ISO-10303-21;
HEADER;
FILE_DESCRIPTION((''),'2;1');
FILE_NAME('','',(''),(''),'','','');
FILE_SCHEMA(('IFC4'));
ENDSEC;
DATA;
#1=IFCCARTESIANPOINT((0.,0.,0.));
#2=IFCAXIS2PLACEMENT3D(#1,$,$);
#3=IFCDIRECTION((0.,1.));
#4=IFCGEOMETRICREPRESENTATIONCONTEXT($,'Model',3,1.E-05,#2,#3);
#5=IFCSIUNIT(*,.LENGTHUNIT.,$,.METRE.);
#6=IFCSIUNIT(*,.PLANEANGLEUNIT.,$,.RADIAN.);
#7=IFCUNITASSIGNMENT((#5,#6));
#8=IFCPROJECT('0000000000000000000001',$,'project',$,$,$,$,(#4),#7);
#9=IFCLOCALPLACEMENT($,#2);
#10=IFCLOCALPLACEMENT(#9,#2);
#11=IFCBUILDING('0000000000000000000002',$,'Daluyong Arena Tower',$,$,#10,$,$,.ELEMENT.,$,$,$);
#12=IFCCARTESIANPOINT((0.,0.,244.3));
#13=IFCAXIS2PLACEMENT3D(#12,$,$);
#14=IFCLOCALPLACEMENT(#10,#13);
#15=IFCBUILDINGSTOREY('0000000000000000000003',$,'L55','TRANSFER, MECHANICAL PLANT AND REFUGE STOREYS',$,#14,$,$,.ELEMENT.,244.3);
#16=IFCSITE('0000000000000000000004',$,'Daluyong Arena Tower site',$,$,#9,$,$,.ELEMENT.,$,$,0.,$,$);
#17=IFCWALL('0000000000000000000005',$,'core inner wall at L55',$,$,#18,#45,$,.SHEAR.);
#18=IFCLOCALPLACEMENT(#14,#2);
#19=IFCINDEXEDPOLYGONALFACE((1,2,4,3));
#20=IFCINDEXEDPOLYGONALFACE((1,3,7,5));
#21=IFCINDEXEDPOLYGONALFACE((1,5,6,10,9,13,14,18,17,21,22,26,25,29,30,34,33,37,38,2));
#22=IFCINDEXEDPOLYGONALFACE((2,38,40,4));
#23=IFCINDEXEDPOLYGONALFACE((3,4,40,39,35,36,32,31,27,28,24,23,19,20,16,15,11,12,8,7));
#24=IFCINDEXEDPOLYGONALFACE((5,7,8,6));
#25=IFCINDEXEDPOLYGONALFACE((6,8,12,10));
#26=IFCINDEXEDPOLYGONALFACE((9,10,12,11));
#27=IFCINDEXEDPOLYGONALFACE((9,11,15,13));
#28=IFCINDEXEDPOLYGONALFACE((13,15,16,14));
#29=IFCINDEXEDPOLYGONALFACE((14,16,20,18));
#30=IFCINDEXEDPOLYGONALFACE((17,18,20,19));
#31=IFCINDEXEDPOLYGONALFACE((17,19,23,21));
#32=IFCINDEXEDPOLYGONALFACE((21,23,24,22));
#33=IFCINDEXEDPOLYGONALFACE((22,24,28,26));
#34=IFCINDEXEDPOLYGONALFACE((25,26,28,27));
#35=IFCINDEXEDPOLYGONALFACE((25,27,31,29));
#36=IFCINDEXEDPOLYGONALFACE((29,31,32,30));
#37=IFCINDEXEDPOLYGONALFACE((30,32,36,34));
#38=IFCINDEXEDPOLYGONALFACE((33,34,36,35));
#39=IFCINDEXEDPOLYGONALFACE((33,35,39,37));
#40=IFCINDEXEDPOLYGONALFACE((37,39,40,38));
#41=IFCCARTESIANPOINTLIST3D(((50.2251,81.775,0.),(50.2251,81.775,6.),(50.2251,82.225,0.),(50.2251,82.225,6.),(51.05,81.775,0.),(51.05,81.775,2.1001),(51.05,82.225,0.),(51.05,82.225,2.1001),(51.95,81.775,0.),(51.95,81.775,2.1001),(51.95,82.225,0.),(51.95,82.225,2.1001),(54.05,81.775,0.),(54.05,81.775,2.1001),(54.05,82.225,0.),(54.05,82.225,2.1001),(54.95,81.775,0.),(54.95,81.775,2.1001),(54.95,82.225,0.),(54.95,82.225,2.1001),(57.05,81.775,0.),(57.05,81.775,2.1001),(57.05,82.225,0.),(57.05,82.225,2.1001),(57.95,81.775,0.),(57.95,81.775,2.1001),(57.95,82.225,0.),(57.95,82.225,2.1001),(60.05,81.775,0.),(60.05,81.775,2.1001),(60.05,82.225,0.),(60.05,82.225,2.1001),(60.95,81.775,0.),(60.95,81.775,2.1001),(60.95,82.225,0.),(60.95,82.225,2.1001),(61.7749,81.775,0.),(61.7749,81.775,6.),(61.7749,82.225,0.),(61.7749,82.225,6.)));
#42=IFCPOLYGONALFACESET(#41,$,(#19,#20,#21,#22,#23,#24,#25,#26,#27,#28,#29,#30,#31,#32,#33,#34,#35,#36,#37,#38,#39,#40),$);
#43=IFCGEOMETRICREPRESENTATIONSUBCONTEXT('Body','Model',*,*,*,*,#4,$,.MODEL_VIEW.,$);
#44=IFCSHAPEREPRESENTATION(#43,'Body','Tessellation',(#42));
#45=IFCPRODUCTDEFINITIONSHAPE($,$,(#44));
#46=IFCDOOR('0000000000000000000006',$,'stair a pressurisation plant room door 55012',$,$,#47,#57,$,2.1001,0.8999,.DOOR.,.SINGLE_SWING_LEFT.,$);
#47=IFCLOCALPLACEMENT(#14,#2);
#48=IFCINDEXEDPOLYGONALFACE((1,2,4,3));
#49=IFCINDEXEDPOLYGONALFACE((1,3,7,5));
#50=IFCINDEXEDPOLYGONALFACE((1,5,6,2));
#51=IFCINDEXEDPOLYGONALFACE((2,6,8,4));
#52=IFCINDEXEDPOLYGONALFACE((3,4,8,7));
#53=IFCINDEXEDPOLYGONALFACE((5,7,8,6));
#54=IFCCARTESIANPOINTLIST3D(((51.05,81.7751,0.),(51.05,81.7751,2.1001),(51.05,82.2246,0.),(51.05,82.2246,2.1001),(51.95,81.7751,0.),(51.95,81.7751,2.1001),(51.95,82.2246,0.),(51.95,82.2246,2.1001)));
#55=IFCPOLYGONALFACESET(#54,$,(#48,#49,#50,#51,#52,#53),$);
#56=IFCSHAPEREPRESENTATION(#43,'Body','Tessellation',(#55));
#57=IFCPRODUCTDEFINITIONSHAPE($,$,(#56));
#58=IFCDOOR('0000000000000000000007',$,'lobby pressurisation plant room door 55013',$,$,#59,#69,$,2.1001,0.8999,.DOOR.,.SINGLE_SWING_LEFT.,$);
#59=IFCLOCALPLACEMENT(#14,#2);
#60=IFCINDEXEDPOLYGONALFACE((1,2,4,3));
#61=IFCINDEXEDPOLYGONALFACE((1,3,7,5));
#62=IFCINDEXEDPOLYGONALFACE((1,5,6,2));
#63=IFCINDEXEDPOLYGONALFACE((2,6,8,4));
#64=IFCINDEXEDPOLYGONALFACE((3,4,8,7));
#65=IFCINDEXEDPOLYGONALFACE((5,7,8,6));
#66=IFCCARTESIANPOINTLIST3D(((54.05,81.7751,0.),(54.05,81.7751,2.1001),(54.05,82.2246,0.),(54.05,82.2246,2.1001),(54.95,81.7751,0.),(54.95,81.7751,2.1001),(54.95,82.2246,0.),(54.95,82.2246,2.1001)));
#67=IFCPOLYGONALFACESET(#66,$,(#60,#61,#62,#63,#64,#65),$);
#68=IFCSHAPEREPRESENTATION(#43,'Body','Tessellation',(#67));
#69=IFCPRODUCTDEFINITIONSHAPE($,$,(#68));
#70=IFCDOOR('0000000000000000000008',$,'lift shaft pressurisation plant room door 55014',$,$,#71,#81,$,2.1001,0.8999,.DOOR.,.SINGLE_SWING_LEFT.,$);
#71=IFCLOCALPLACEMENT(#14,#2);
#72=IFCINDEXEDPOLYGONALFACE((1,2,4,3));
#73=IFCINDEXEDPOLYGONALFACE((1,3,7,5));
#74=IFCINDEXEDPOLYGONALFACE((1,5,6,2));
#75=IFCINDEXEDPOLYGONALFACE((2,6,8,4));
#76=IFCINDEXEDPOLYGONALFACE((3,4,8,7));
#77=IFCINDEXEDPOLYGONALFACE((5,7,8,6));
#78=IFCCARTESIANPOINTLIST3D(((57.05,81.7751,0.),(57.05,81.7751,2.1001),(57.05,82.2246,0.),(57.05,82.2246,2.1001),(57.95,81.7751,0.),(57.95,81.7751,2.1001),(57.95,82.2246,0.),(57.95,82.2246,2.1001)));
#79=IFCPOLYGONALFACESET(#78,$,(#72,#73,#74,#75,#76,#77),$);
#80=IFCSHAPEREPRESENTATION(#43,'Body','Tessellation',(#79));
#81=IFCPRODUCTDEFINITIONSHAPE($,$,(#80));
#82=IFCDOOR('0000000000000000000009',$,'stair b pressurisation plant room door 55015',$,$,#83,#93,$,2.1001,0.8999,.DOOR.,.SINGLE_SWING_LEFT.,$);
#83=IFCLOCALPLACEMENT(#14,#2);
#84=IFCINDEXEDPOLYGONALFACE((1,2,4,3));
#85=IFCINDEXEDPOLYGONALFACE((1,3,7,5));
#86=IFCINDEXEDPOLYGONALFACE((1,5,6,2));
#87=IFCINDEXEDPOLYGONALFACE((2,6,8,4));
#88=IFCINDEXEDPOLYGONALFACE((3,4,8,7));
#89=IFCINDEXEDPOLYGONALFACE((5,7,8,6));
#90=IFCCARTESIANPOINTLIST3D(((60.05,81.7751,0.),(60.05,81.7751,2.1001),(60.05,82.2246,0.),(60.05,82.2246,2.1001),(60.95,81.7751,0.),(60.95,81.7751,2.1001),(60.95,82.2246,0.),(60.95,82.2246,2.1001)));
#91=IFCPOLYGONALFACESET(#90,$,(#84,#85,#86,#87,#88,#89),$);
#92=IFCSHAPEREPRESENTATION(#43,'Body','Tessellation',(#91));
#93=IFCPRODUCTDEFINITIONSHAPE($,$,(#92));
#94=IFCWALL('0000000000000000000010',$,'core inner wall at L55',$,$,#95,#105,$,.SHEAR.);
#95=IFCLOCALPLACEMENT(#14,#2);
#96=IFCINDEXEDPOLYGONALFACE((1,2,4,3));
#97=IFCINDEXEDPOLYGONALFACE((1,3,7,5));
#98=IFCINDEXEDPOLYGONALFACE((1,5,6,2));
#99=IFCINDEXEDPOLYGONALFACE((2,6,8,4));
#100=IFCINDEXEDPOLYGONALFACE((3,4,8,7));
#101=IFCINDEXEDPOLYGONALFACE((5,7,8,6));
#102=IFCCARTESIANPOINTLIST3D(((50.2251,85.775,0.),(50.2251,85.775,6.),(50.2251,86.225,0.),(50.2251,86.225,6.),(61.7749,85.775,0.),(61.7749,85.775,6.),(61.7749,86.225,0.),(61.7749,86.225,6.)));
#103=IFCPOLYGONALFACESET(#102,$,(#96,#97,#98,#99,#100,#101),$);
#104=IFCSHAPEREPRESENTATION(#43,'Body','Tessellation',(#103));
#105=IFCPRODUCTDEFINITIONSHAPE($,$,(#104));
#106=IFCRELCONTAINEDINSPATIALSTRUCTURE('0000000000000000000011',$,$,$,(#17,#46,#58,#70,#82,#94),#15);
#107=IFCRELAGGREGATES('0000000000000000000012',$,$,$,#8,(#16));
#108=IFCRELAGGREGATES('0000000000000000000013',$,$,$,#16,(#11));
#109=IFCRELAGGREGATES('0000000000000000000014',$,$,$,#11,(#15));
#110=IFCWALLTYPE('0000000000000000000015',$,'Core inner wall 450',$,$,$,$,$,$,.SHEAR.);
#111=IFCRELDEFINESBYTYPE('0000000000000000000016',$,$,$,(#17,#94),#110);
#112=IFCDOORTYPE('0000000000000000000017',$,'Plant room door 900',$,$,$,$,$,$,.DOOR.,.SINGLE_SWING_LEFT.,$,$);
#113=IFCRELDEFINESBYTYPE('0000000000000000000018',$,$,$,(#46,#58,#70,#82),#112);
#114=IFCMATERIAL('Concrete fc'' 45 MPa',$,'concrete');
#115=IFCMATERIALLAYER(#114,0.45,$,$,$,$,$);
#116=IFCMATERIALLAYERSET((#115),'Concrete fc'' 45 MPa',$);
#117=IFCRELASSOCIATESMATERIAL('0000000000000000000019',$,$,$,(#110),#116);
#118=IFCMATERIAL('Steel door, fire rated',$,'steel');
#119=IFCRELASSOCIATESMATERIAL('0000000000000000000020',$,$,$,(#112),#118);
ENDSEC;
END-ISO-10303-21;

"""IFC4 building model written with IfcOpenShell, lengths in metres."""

from ifc_helpers import new_model, si_unit, direction, frame, frame_2d, origin, place, context, subcontext, project, spatial, rectangle, extrude, material, layer, layer_set, type_object, element, fill, save


model = new_model("IFC4")

# Units and contexts
model_context = context("Model", 3, precision=1e-05, world=origin(), true_north=direction((0.0, 1.0)))
body_context = subcontext(model_context, "Body", "Model", "MODEL_VIEW")
ifc_project = project(units=[si_unit("LENGTHUNIT", "METRE"), si_unit("PLANEANGLEUNIT", "RADIAN")], contexts=[model_context])

# Site, building, storey
site_placement = place(None, origin())
site = spatial("IfcSite", under=ifc_project, at=site_placement, Name="Daluyong Arena Tower site", CompositionType="ELEMENT", RefElevation=0.0)
building_placement = place(site_placement, origin())
building = spatial("IfcBuilding", under=site, at=building_placement, Name="Daluyong Arena Tower", CompositionType="ELEMENT")
storey_placement = place(building_placement, frame((0.0, 0.0, 244.3)))
storey = spatial("IfcBuildingStorey", under=building, at=storey_placement, Name="L55", Description="TRANSFER, MECHANICAL PLANT AND REFUGE STOREYS", CompositionType="ELEMENT", Elevation=244.3)

# Shared definitions
ifc_material_1 = material(Name="Concrete fc' 45 MPa", Category="concrete")
ifc_layer_1 = layer(ifc_material_1, 0.45)
ifc_layer_set_1 = layer_set([ifc_layer_1], Name="Concrete fc' 45 MPa")
wall_type_1 = type_object("IfcWallType", Name="Core inner wall 450", PredefinedType="SHEAR", material=ifc_layer_set_1)

# Wall, openings, doors
wall_1_placement = place(storey_placement, frame((50.2251, 82.0, 0.0), z_axis=(0.0, 0.0, 1.0), x_axis=(1.0, 0.0, 0.0)))
wall_1 = element("IfcWall", 1, at=wall_1_placement, inside=storey, type_object=wall_type_1, Name="core inner wall at L55", PredefinedType="SHEAR", context=body_context, shape_type="SweptSolid", body=[
    extrude(rectangle(XDim=11.5498, YDim=0.45, at=frame_2d((5.7749, 0.0))), origin(), (0.0, 0.0, 1.0), 6.0),
])
opening_1_placement = place(wall_1_placement, frame((0.825, 0.0, 0.0)))
opening_1 = element("IfcOpeningElement", 2, at=opening_1_placement, cuts=wall_1, PredefinedType="OPENING", context=body_context, shape_type="SweptSolid", body=[
    extrude(rectangle(XDim=0.8999, YDim=2.1001, at=frame_2d((0.45, 1.05))), frame((0.0, 0.2349, 0.0), z_axis=(0.0, -1.0, 0.0), x_axis=(1.0, 0.0, 0.0)), (0.0, 0.0, 1.0), 0.47),
])
opening_2_placement = place(wall_1_placement, frame((3.825, 0.0, 0.0)))
opening_2 = element("IfcOpeningElement", 3, at=opening_2_placement, cuts=wall_1, PredefinedType="OPENING", context=body_context, shape_type="SweptSolid", body=[
    extrude(rectangle(XDim=0.8999, YDim=2.1001, at=frame_2d((0.45, 1.05))), frame((0.0, 0.2349, 0.0), z_axis=(0.0, -1.0, 0.0), x_axis=(1.0, 0.0, 0.0)), (0.0, 0.0, 1.0), 0.47),
])
opening_3_placement = place(wall_1_placement, frame((6.825, 0.0, 0.0)))
opening_3 = element("IfcOpeningElement", 4, at=opening_3_placement, cuts=wall_1, PredefinedType="OPENING", context=body_context, shape_type="SweptSolid", body=[
    extrude(rectangle(XDim=0.8999, YDim=2.1001, at=frame_2d((0.45, 1.05))), frame((0.0, 0.2349, 0.0), z_axis=(0.0, -1.0, 0.0), x_axis=(1.0, 0.0, 0.0)), (0.0, 0.0, 1.0), 0.47),
])
opening_4_placement = place(wall_1_placement, frame((9.825, 0.0, 0.0)))
opening_4 = element("IfcOpeningElement", 5, at=opening_4_placement, cuts=wall_1, PredefinedType="OPENING", context=body_context, shape_type="SweptSolid", body=[
    extrude(rectangle(XDim=0.8999, YDim=2.1001, at=frame_2d((0.45, 1.05))), frame((0.0, 0.2349, 0.0), z_axis=(0.0, -1.0, 0.0), x_axis=(1.0, 0.0, 0.0)), (0.0, 0.0, 1.0), 0.47),
])
ifc_material_2 = material(Name="Steel door, fire rated", Category="steel")
door_type_1 = type_object("IfcDoorType", Name="Plant room door 900", OperationType="SINGLE_SWING_LEFT", PredefinedType="DOOR", material=ifc_material_2)
door_1_placement = place(opening_1_placement, origin())
door_1 = element("IfcDoor", 6, at=door_1_placement, inside=storey, type_object=door_type_1, Name="stair a pressurisation plant room door 55012", OperationType="SINGLE_SWING_LEFT", OverallHeight=2.1001, OverallWidth=0.8999, PredefinedType="DOOR", context=body_context, shape_type="SweptSolid", body=[
    extrude(rectangle(XDim=0.8999, YDim=2.1001, at=frame_2d((0.45, 1.05))), frame((0.0, 0.2246, 0.0), z_axis=(0.0, -1.0, 0.0), x_axis=(1.0, 0.0, 0.0)), (0.0, 0.0, 1.0), 0.4495),
])
fill(opening_1, door_1)
door_2_placement = place(opening_2_placement, origin())
door_2 = element("IfcDoor", 7, at=door_2_placement, inside=storey, type_object=door_type_1, Name="lobby pressurisation plant room door 55013", OperationType="SINGLE_SWING_LEFT", OverallHeight=2.1001, OverallWidth=0.8999, PredefinedType="DOOR", context=body_context, shape_type="SweptSolid", body=[
    extrude(rectangle(XDim=0.8999, YDim=2.1001, at=frame_2d((0.45, 1.05))), frame((0.0, 0.2246, 0.0), z_axis=(0.0, -1.0, 0.0), x_axis=(1.0, 0.0, 0.0)), (0.0, 0.0, 1.0), 0.4495),
])
fill(opening_2, door_2)
door_3_placement = place(opening_3_placement, origin())
door_3 = element("IfcDoor", 8, at=door_3_placement, inside=storey, type_object=door_type_1, Name="lift shaft pressurisation plant room door 55014", OperationType="SINGLE_SWING_LEFT", OverallHeight=2.1001, OverallWidth=0.8999, PredefinedType="DOOR", context=body_context, shape_type="SweptSolid", body=[
    extrude(rectangle(XDim=0.8999, YDim=2.1001, at=frame_2d((0.45, 1.05))), frame((0.0, 0.2246, 0.0), z_axis=(0.0, -1.0, 0.0), x_axis=(1.0, 0.0, 0.0)), (0.0, 0.0, 1.0), 0.4495),
])
fill(opening_3, door_3)
door_4_placement = place(opening_4_placement, origin())
door_4 = element("IfcDoor", 9, at=door_4_placement, inside=storey, type_object=door_type_1, Name="stair b pressurisation plant room door 55015", OperationType="SINGLE_SWING_LEFT", OverallHeight=2.1001, OverallWidth=0.8999, PredefinedType="DOOR", context=body_context, shape_type="SweptSolid", body=[
    extrude(rectangle(XDim=0.8999, YDim=2.1001, at=frame_2d((0.45, 1.05))), frame((0.0, 0.2246, 0.0), z_axis=(0.0, -1.0, 0.0), x_axis=(1.0, 0.0, 0.0)), (0.0, 0.0, 1.0), 0.4495),
])
fill(opening_4, door_4)

# Wall
wall_2_placement = place(storey_placement, frame((50.2251, 86.0, 0.0), z_axis=(0.0, 0.0, 1.0), x_axis=(1.0, 0.0, 0.0)))
element("IfcWall", 10, at=wall_2_placement, inside=storey, type_object=wall_type_1, Name="core inner wall at L55", PredefinedType="SHEAR", context=body_context, shape_type="SweptSolid", body=[
    extrude(rectangle(XDim=11.5498, YDim=0.45, at=frame_2d((5.7749, 0.0))), origin(), (0.0, 0.0, 1.0), 6.0),
])

save(model, "model.ifc")
